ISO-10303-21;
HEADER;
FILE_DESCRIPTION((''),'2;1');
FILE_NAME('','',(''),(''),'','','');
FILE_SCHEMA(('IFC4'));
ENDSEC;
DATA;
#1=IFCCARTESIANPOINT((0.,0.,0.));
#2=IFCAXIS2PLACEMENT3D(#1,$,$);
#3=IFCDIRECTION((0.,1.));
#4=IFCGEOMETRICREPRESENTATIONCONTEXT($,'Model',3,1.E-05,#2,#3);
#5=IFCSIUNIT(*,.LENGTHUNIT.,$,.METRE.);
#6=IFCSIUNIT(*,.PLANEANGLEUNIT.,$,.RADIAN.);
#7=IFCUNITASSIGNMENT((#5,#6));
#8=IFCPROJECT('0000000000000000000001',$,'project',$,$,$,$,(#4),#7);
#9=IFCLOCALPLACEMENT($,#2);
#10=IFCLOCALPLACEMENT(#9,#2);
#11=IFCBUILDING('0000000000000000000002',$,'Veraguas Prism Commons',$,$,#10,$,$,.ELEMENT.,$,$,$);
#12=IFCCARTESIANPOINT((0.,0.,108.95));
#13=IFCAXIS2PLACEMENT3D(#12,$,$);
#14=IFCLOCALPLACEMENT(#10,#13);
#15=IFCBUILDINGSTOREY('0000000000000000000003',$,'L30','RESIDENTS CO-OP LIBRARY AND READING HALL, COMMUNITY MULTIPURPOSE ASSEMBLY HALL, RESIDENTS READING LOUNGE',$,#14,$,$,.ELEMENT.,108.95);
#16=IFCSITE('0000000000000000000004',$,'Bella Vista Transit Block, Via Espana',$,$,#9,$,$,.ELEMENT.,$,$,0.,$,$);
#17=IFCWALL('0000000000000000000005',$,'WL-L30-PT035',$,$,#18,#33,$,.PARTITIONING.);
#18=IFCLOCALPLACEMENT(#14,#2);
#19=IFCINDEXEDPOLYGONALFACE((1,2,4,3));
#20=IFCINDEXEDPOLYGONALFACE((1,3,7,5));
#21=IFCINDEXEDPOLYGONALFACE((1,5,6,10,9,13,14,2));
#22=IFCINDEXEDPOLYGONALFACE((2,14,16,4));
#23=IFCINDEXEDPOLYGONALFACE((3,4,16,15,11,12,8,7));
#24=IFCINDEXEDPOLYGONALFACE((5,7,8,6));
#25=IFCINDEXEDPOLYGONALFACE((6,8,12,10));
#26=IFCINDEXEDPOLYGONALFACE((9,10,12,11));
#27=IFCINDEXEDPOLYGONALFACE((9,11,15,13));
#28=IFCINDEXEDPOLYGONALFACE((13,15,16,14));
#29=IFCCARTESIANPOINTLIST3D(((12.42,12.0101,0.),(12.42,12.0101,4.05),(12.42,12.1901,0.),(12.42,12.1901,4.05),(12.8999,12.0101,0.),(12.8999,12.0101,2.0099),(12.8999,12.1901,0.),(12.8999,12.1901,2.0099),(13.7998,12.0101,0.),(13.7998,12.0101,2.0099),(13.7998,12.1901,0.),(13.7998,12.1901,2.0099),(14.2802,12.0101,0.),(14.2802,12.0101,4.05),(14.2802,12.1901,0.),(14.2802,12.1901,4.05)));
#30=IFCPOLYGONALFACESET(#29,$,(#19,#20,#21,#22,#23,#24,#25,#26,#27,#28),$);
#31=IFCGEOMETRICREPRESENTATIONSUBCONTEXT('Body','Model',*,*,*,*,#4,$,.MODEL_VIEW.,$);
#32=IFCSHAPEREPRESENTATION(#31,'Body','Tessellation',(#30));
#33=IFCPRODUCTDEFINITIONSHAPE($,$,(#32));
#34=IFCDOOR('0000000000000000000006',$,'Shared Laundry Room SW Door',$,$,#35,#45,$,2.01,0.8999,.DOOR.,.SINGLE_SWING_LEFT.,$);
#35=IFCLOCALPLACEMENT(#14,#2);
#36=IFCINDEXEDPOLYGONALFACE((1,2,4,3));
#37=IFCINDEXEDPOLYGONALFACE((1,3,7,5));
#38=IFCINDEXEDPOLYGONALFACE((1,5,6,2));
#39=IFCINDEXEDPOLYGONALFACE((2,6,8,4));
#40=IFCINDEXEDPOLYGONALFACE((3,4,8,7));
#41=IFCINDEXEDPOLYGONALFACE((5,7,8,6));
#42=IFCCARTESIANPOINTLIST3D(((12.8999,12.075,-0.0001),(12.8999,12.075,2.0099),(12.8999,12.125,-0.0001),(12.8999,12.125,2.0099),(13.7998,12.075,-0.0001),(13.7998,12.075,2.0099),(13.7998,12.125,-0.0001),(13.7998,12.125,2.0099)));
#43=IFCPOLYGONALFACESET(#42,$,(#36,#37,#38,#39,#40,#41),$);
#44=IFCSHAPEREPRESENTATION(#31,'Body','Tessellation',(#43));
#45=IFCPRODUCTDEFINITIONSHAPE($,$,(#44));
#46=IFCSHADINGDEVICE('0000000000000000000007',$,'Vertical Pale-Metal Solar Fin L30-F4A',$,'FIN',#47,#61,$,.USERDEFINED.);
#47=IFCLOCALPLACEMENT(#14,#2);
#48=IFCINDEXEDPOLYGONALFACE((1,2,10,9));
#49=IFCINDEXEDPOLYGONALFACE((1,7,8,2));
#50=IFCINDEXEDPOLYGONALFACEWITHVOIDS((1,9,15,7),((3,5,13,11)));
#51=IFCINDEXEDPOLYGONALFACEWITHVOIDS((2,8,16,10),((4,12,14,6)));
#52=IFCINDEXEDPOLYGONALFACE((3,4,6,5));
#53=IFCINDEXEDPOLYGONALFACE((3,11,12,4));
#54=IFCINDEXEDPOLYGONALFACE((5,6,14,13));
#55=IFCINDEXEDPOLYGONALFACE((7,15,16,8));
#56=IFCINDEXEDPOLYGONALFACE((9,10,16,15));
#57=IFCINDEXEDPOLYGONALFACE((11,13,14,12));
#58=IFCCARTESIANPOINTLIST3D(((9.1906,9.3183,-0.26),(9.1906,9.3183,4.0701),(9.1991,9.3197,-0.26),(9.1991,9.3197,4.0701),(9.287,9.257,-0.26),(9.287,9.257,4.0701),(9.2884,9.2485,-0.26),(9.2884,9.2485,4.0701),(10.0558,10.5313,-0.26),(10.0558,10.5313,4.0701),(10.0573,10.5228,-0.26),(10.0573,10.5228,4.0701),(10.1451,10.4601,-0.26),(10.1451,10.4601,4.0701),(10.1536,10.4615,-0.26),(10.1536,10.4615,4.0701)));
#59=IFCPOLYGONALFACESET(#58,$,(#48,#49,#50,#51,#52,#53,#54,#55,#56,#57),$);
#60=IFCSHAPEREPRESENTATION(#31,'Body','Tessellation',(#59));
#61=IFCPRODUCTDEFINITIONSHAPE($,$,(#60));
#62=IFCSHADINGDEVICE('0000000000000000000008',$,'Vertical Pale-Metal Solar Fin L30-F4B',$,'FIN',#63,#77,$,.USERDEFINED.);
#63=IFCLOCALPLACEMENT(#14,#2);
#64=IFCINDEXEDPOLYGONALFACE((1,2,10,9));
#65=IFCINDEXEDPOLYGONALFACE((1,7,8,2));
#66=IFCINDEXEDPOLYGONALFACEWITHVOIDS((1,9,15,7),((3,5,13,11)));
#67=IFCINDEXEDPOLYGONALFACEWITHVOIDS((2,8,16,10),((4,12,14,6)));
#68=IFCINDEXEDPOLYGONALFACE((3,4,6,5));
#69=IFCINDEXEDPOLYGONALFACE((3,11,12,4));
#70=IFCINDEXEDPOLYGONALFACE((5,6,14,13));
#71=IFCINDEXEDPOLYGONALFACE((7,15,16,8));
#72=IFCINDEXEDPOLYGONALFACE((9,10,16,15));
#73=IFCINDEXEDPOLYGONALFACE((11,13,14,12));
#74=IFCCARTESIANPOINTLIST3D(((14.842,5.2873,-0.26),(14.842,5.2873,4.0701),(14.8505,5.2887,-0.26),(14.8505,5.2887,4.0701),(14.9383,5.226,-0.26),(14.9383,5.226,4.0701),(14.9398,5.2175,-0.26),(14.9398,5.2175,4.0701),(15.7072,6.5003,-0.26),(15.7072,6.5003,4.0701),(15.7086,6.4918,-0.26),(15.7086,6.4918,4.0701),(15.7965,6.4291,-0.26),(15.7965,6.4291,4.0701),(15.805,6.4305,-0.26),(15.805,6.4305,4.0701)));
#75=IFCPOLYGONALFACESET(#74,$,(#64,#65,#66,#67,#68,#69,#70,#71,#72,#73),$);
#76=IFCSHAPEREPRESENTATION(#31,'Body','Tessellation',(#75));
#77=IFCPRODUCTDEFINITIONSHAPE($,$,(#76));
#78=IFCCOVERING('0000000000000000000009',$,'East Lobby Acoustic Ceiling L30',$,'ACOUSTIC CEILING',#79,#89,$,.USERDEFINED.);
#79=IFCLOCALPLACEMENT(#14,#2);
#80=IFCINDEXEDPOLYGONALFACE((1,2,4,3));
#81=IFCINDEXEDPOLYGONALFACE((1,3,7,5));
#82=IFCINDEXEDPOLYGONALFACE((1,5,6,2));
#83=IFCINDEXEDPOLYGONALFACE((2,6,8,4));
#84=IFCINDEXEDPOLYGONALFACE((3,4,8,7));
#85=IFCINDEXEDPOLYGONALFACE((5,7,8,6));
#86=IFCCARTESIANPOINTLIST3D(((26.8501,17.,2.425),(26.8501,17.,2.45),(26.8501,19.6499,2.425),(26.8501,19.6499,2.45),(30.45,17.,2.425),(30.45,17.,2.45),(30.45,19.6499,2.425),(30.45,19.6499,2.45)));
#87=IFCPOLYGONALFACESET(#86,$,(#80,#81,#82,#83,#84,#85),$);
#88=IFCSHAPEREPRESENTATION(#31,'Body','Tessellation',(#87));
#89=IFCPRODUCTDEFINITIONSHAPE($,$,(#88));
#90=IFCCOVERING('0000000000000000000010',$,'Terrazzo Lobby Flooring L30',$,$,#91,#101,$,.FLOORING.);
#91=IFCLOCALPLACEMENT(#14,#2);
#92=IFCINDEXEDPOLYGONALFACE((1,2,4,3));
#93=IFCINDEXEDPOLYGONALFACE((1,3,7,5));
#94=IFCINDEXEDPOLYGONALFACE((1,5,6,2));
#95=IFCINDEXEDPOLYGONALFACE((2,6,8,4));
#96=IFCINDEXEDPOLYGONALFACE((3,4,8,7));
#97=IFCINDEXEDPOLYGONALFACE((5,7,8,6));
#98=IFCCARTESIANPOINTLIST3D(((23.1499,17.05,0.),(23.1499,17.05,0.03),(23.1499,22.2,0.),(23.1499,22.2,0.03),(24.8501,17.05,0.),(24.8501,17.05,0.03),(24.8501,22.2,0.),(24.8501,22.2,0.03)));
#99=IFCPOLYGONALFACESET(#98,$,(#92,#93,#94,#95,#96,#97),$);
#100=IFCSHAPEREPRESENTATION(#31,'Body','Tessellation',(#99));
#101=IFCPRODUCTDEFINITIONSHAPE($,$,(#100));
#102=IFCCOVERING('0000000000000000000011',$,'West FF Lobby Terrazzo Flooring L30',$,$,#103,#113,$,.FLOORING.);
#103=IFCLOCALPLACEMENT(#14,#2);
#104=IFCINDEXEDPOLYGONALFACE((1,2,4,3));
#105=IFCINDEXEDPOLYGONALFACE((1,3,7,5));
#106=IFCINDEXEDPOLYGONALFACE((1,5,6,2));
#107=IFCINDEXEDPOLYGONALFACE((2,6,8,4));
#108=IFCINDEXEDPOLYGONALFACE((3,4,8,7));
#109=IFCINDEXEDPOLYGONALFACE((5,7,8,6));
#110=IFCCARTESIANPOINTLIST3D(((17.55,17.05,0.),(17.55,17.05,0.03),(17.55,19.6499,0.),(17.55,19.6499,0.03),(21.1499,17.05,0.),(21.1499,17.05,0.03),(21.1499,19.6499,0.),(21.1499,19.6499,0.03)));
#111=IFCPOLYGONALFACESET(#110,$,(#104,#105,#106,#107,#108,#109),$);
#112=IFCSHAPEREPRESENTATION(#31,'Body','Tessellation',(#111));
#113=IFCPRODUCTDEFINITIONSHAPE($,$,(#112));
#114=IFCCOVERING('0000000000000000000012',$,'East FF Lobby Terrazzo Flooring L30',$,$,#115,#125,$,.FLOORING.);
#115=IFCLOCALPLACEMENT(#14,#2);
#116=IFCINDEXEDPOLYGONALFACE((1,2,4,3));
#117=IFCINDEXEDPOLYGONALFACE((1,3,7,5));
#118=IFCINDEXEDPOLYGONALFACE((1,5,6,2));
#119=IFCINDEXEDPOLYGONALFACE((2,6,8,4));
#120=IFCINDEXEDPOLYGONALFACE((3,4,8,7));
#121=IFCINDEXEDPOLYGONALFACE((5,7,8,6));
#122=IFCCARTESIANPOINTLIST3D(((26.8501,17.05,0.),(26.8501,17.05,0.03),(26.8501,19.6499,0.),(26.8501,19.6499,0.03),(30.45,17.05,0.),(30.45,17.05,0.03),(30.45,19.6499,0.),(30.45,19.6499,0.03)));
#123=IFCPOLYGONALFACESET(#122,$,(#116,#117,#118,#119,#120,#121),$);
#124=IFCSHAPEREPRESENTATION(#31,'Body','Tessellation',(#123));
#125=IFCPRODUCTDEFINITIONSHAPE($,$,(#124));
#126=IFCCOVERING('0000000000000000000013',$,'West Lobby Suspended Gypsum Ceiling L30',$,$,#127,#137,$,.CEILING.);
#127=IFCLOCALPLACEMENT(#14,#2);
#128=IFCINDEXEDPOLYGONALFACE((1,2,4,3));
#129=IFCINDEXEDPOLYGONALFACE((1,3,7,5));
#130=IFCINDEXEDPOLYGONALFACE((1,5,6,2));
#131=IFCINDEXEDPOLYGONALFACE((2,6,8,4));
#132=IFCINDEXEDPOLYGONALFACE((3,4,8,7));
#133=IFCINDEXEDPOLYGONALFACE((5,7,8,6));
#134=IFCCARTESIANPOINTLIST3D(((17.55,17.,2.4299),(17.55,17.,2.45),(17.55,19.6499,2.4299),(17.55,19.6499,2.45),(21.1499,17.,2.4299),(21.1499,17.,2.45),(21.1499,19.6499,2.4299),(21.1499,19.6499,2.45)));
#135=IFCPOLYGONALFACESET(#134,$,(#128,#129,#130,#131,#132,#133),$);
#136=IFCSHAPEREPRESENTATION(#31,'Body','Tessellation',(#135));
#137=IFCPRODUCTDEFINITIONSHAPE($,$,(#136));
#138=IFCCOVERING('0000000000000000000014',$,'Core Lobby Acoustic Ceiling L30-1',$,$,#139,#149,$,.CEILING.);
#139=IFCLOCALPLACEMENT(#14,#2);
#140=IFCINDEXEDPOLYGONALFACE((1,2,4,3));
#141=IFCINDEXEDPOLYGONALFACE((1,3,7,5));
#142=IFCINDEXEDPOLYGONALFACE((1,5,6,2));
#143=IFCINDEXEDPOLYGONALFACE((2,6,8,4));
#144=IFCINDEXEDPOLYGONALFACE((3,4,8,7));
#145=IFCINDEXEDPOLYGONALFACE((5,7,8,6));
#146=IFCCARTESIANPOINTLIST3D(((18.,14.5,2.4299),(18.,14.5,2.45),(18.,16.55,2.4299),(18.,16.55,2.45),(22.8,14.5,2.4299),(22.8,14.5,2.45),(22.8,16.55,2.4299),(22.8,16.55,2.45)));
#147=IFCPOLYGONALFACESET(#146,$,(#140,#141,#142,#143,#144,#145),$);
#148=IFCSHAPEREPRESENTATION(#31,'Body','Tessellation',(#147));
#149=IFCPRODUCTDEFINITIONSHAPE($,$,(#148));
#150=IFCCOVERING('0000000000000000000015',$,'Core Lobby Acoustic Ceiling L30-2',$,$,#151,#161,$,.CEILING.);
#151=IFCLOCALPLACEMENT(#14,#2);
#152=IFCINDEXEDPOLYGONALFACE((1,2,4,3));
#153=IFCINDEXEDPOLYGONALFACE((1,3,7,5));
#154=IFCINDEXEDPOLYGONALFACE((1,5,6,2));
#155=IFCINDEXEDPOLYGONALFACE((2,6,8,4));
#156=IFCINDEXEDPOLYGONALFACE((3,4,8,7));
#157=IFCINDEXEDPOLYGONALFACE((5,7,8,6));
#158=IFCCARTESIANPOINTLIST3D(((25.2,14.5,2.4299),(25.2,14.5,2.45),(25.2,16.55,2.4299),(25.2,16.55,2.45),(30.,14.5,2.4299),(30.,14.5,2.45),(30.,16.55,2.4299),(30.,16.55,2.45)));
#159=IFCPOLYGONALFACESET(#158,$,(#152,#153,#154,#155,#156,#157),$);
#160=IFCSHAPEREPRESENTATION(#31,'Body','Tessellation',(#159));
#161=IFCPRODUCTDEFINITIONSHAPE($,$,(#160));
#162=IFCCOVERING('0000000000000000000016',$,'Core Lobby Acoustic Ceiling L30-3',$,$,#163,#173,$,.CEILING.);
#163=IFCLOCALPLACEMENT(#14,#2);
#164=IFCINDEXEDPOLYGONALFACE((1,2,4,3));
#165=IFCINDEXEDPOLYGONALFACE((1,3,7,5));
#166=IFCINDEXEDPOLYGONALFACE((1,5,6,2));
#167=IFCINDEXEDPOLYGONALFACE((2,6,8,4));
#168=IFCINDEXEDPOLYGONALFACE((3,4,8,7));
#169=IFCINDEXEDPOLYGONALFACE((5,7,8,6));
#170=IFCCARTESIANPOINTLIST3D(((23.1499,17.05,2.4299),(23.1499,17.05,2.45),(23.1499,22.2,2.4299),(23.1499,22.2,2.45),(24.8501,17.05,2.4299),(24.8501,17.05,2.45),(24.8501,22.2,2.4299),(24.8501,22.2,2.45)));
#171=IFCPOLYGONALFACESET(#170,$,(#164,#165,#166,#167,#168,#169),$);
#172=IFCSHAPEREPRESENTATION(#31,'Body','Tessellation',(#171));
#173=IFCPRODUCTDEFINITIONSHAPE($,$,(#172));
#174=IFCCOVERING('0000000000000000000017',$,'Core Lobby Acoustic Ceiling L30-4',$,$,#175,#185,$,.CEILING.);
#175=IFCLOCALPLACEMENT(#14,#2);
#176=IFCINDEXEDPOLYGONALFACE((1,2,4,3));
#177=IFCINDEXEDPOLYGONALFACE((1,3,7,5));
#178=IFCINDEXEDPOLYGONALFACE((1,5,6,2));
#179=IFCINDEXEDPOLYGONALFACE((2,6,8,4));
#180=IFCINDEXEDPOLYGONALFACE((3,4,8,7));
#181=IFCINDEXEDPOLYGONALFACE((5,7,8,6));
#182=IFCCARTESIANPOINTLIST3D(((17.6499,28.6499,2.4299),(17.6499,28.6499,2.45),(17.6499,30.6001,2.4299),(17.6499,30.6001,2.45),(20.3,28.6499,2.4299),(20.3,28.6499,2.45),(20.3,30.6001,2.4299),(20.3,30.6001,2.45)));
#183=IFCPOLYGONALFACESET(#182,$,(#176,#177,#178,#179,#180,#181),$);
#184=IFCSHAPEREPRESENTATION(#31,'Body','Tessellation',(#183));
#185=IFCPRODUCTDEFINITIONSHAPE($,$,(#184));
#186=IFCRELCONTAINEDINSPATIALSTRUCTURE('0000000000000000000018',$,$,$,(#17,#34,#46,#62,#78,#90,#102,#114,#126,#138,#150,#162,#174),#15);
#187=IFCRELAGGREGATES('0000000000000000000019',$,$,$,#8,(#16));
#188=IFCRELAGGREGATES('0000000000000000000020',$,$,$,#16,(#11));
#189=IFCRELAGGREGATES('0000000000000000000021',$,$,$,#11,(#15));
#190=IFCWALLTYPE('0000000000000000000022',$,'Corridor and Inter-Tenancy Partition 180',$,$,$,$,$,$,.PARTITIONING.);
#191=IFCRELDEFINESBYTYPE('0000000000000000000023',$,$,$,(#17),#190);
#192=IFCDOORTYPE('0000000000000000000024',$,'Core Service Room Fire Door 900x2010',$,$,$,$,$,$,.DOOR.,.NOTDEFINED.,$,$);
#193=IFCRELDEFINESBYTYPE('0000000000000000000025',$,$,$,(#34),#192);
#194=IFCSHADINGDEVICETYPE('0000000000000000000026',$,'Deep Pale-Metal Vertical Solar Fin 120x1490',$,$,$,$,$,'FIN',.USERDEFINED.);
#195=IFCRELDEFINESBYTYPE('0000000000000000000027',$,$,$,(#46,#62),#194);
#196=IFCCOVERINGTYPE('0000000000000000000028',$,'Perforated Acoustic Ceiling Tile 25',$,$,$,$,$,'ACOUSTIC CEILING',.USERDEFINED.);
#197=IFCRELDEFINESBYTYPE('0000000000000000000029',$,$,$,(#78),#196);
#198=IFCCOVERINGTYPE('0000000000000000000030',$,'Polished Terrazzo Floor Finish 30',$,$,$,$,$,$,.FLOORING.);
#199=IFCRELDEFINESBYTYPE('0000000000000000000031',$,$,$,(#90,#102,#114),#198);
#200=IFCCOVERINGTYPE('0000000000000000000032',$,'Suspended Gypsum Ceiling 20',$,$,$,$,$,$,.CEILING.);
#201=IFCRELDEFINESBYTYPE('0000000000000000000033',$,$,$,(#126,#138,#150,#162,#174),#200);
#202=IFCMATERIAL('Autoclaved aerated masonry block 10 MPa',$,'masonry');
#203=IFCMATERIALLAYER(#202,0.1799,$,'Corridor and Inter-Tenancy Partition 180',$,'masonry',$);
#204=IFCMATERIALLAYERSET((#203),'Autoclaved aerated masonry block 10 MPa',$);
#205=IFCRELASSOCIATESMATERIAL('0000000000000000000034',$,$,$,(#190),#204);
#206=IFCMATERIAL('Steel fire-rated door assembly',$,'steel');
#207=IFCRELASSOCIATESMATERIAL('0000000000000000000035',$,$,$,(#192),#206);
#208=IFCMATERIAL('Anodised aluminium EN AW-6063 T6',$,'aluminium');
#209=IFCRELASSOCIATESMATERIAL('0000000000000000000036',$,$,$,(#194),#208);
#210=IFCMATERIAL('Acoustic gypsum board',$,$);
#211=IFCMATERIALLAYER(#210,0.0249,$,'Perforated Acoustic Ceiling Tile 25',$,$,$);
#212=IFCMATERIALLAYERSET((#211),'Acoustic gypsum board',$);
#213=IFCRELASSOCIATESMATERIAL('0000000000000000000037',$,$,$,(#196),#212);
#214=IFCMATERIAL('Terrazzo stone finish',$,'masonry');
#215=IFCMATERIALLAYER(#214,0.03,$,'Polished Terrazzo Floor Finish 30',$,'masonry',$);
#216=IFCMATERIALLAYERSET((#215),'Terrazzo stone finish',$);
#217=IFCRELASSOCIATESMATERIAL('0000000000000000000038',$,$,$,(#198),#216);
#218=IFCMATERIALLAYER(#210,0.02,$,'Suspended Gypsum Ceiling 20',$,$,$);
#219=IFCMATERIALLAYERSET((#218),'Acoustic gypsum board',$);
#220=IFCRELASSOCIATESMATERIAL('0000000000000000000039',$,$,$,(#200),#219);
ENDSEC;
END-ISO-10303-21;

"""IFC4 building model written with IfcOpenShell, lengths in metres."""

from ifc_helpers import new_model, si_unit, direction, frame, frame_2d, origin, origin_2d, place, context, subcontext, project, spatial, polyline, rectangle, hollow_rectangle, outline, extrude, source, transform, mapped, material, layer, layer_set, material_profile, profile_set, type_object, element, fill, save


model = new_model("IFC4")

# Units and contexts
model_context = context("Model", 3, precision=1e-05, world=origin(), true_north=direction((0.0, 1.0)))
body_context = subcontext(model_context, "Body", "Model", "MODEL_VIEW")
ifc_project = project(units=[si_unit("LENGTHUNIT", "METRE"), si_unit("PLANEANGLEUNIT", "RADIAN")], contexts=[model_context])

# Site, building, storey
site_placement = place(None, origin())
site = spatial("IfcSite", under=ifc_project, at=site_placement, Name="Bella Vista Transit Block, Via Espana", CompositionType="ELEMENT", RefElevation=0.0)
building_placement = place(site_placement, origin())
building = spatial("IfcBuilding", under=site, at=building_placement, Name="Veraguas Prism Commons", CompositionType="ELEMENT")
storey_placement = place(building_placement, frame((0.0, 0.0, 108.95)))
storey = spatial("IfcBuildingStorey", under=building, at=storey_placement, Name="L30", Description="RESIDENTS CO-OP LIBRARY AND READING HALL, COMMUNITY MULTIPURPOSE ASSEMBLY HALL, RESIDENTS READING LOUNGE", CompositionType="ELEMENT", Elevation=108.95)

# Shared definitions
ifc_material_1 = material(Name="Anodised aluminium EN AW-6063 T6", Category="aluminium")

# Shared definitions
ifc_material_2 = material(Name="Autoclaved aerated masonry block 10 MPa", Category="masonry")
ifc_layer_1 = layer(ifc_material_2, 0.1799, Name="Corridor and Inter-Tenancy Partition 180", Category="masonry")
ifc_layer_set_1 = layer_set([ifc_layer_1], Name="Autoclaved aerated masonry block 10 MPa")
wall_type = type_object("IfcWallType", Name="Corridor and Inter-Tenancy Partition 180", PredefinedType="PARTITIONING", material=ifc_layer_set_1)

# Wall, opening, door
wall_1_placement = place(storey_placement, frame((12.4199, 12.1001, 0.0), z_axis=(0.0, 0.0, 1.0), x_axis=(1.0, 0.0, 0.0)))
wall_1 = element("IfcWall", 1, at=wall_1_placement, inside=storey, type_object=wall_type, Name="WL-L30-PT035", PredefinedType="PARTITIONING", context=body_context, shape_type="SweptSolid", body=[
    extrude(rectangle(XDim=1.8601, YDim=0.1799, at=frame_2d((0.9302, 0.0))), origin(), (0.0, 0.0, 1.0), 4.05),
])
opening_placement = place(wall_1_placement, frame((0.48, 0.0, 0.0)))
opening = element("IfcOpeningElement", 2, at=opening_placement, cuts=wall_1, PredefinedType="OPENING", context=body_context, shape_type="SweptSolid", body=[
    extrude(rectangle(XDim=0.8999, YDim=2.01, at=frame_2d((0.45, 1.0049))), frame((0.0, 0.0999, 0.0), z_axis=(0.0, -1.0, 0.0), x_axis=(1.0, 0.0, 0.0)), (0.0, 0.0, 1.0), 0.2),
])
ifc_material_3 = material(Name="Steel fire-rated door assembly", Category="steel")
door_type = type_object("IfcDoorType", Name="Core Service Room Fire Door 900x2010", OperationType="NOTDEFINED", PredefinedType="DOOR", material=ifc_material_3)
shared_shape_1 = source(origin(), body_context, "Body", "SweptSolid", [
    extrude(rectangle(XDim=0.8999, YDim=2.01, at=frame_2d((0.45, 1.0049))), frame((0.0, 0.0249, 0.0), z_axis=(0.0, -1.0, 0.0), x_axis=(1.0, 0.0, 0.0)), (0.0, 0.0, 1.0), 0.05),
])
door_placement = place(opening_placement, origin())
door = element("IfcDoor", 3, at=door_placement, inside=storey, type_object=door_type, Name="Shared Laundry Room SW Door", OperationType="SINGLE_SWING_LEFT", OverallHeight=2.01, OverallWidth=0.8999, PredefinedType="DOOR", context=body_context, shape_type="MappedRepresentation", body=[
    mapped(shared_shape_1, transform((0.0, 0.0, 0.0), scale=1.0)),
])
fill(opening, door)

# Shading devices
ifc_material_profile_1 = material_profile(ifc_material_1, hollow_rectangle(XDim=0.1201, YDim=1.49, WallThickness=0.0061, at=origin_2d()), Name="FIN120X1490X6")
ifc_profile_set_1 = profile_set([ifc_material_profile_1], Name="Anodised aluminium EN AW-6063 T6")
shading_device_type = type_object("IfcShadingDeviceType", Name="Deep Pale-Metal Vertical Solar Fin 120x1490", ElementType="FIN", PredefinedType="USERDEFINED", material=ifc_profile_set_1)
for number, where, z_axis, x_axis, name in (
    (4, (9.6721, 9.8899, -0.26), (0.0, 0.0, 1.0), (0.814116, -0.580703, 0.0), "Vertical Pale-Metal Solar Fin L30-F4A"),
    (5, (15.3235, 5.8589, -0.26), (0.0, 0.0, 1.0), (0.814116, -0.580703, 0.0), "Vertical Pale-Metal Solar Fin L30-F4B"),
):
    element("IfcShadingDevice", number, at=place(storey_placement, frame(where, z_axis=z_axis, x_axis=x_axis)), inside=storey, type_object=shading_device_type, Name=name, ObjectType="FIN", PredefinedType="USERDEFINED", context=body_context, shape_type="SweptSolid", body=[
        extrude(hollow_rectangle(XDim=0.1201, YDim=1.49, WallThickness=0.0061, at=origin_2d()), origin(), (0.0, 0.0, 1.0), 4.3301),
    ])

# Coverings
ifc_material_4 = material(Name="Acoustic gypsum board")
ifc_layer_2 = layer(ifc_material_4, 0.0249, Name="Perforated Acoustic Ceiling Tile 25")
ifc_layer_set_2 = layer_set([ifc_layer_2], Name="Acoustic gypsum board")
covering_type_1 = type_object("IfcCoveringType", Name="Perforated Acoustic Ceiling Tile 25", ElementType="ACOUSTIC CEILING", PredefinedType="USERDEFINED", material=ifc_layer_set_2)
covering_1_placement = place(storey_placement, frame((0.0, 0.0, 2.425)))
element("IfcCovering", 6, at=covering_1_placement, inside=storey, type_object=covering_type_1, Name="East Lobby Acoustic Ceiling L30", ObjectType="ACOUSTIC CEILING", PredefinedType="USERDEFINED", context=body_context, shape_type="SweptSolid", body=[
    extrude(outline(polyline([(26.8501, 17.0), (30.45, 17.0), (30.45, 19.6499), (26.8501, 19.6499), (26.8501, 17.0)])), origin(), (0.0, 0.0, 1.0), 0.0249),
])
ifc_material_5 = material(Name="Terrazzo stone finish", Category="masonry")
ifc_layer_3 = layer(ifc_material_5, 0.03, Name="Polished Terrazzo Floor Finish 30", Category="masonry")
ifc_layer_set_3 = layer_set([ifc_layer_3], Name="Terrazzo stone finish")
covering_type_2 = type_object("IfcCoveringType", Name="Polished Terrazzo Floor Finish 30", PredefinedType="FLOORING", material=ifc_layer_set_3)
covering_2_placement = place(storey_placement, origin())
element("IfcCovering", 7, at=covering_2_placement, inside=storey, type_object=covering_type_2, Name="Terrazzo Lobby Flooring L30", PredefinedType="FLOORING", context=body_context, shape_type="SweptSolid", body=[
    extrude(outline(polyline([(23.1499, 17.05), (24.8501, 17.05), (24.8501, 22.2), (23.1499, 22.2), (23.1499, 17.05)])), origin(), (0.0, 0.0, 1.0), 0.03),
])
covering_3_placement = place(storey_placement, origin())
element("IfcCovering", 8, at=covering_3_placement, inside=storey, type_object=covering_type_2, Name="West FF Lobby Terrazzo Flooring L30", PredefinedType="FLOORING", context=body_context, shape_type="SweptSolid", body=[
    extrude(outline(polyline([(17.55, 17.05), (21.1499, 17.05), (21.1499, 19.6499), (17.55, 19.6499), (17.55, 17.05)])), origin(), (0.0, 0.0, 1.0), 0.03),
])
covering_4_placement = place(storey_placement, origin())
element("IfcCovering", 9, at=covering_4_placement, inside=storey, type_object=covering_type_2, Name="East FF Lobby Terrazzo Flooring L30", PredefinedType="FLOORING", context=body_context, shape_type="SweptSolid", body=[
    extrude(outline(polyline([(26.8501, 17.05), (30.45, 17.05), (30.45, 19.6499), (26.8501, 19.6499), (26.8501, 17.05)])), origin(), (0.0, 0.0, 1.0), 0.03),
])
ifc_layer_4 = layer(ifc_material_4, 0.02, Name="Suspended Gypsum Ceiling 20")
ifc_layer_set_4 = layer_set([ifc_layer_4], Name="Acoustic gypsum board")
covering_type_3 = type_object("IfcCoveringType", Name="Suspended Gypsum Ceiling 20", PredefinedType="CEILING", material=ifc_layer_set_4)
covering_5_placement = place(storey_placement, frame((0.0, 0.0, 2.4299)))
element("IfcCovering", 10, at=covering_5_placement, inside=storey, type_object=covering_type_3, Name="West Lobby Suspended Gypsum Ceiling L30", PredefinedType="CEILING", context=body_context, shape_type="SweptSolid", body=[
    extrude(outline(polyline([(17.55, 17.0), (21.1499, 17.0), (21.1499, 19.6499), (17.55, 19.6499), (17.55, 17.0)])), origin(), (0.0, 0.0, 1.0), 0.02),
])
covering_6_placement = place(storey_placement, frame((0.0, 0.0, 2.4299)))
element("IfcCovering", 11, at=covering_6_placement, inside=storey, type_object=covering_type_3, Name="Core Lobby Acoustic Ceiling L30-1", PredefinedType="CEILING", context=body_context, shape_type="SweptSolid", body=[
    extrude(outline(polyline([(18.0, 14.5), (22.8, 14.5), (22.8, 16.55), (18.0, 16.55), (18.0, 14.5)])), origin(), (0.0, 0.0, 1.0), 0.02),
])
covering_7_placement = place(storey_placement, frame((0.0, 0.0, 2.4299)))
element("IfcCovering", 12, at=covering_7_placement, inside=storey, type_object=covering_type_3, Name="Core Lobby Acoustic Ceiling L30-2", PredefinedType="CEILING", context=body_context, shape_type="SweptSolid", body=[
    extrude(outline(polyline([(25.2, 14.5), (30.0, 14.5), (30.0, 16.55), (25.2, 16.55), (25.2, 14.5)])), origin(), (0.0, 0.0, 1.0), 0.02),
])
covering_8_placement = place(storey_placement, frame((0.0, 0.0, 2.4299)))
element("IfcCovering", 13, at=covering_8_placement, inside=storey, type_object=covering_type_3, Name="Core Lobby Acoustic Ceiling L30-3", PredefinedType="CEILING", context=body_context, shape_type="SweptSolid", body=[
    extrude(outline(polyline([(23.1499, 17.05), (24.8501, 17.05), (24.8501, 22.2), (23.1499, 22.2), (23.1499, 17.05)])), origin(), (0.0, 0.0, 1.0), 0.02),
])
covering_9_placement = place(storey_placement, frame((0.0, 0.0, 2.4299)))
element("IfcCovering", 14, at=covering_9_placement, inside=storey, type_object=covering_type_3, Name="Core Lobby Acoustic Ceiling L30-4", PredefinedType="CEILING", context=body_context, shape_type="SweptSolid", body=[
    extrude(outline(polyline([(17.6499, 28.6499), (20.3, 28.6499), (20.3, 30.6001), (17.6499, 30.6001), (17.6499, 28.6499)])), origin(), (0.0, 0.0, 1.0), 0.02),
])

save(model, "model.ifc")
